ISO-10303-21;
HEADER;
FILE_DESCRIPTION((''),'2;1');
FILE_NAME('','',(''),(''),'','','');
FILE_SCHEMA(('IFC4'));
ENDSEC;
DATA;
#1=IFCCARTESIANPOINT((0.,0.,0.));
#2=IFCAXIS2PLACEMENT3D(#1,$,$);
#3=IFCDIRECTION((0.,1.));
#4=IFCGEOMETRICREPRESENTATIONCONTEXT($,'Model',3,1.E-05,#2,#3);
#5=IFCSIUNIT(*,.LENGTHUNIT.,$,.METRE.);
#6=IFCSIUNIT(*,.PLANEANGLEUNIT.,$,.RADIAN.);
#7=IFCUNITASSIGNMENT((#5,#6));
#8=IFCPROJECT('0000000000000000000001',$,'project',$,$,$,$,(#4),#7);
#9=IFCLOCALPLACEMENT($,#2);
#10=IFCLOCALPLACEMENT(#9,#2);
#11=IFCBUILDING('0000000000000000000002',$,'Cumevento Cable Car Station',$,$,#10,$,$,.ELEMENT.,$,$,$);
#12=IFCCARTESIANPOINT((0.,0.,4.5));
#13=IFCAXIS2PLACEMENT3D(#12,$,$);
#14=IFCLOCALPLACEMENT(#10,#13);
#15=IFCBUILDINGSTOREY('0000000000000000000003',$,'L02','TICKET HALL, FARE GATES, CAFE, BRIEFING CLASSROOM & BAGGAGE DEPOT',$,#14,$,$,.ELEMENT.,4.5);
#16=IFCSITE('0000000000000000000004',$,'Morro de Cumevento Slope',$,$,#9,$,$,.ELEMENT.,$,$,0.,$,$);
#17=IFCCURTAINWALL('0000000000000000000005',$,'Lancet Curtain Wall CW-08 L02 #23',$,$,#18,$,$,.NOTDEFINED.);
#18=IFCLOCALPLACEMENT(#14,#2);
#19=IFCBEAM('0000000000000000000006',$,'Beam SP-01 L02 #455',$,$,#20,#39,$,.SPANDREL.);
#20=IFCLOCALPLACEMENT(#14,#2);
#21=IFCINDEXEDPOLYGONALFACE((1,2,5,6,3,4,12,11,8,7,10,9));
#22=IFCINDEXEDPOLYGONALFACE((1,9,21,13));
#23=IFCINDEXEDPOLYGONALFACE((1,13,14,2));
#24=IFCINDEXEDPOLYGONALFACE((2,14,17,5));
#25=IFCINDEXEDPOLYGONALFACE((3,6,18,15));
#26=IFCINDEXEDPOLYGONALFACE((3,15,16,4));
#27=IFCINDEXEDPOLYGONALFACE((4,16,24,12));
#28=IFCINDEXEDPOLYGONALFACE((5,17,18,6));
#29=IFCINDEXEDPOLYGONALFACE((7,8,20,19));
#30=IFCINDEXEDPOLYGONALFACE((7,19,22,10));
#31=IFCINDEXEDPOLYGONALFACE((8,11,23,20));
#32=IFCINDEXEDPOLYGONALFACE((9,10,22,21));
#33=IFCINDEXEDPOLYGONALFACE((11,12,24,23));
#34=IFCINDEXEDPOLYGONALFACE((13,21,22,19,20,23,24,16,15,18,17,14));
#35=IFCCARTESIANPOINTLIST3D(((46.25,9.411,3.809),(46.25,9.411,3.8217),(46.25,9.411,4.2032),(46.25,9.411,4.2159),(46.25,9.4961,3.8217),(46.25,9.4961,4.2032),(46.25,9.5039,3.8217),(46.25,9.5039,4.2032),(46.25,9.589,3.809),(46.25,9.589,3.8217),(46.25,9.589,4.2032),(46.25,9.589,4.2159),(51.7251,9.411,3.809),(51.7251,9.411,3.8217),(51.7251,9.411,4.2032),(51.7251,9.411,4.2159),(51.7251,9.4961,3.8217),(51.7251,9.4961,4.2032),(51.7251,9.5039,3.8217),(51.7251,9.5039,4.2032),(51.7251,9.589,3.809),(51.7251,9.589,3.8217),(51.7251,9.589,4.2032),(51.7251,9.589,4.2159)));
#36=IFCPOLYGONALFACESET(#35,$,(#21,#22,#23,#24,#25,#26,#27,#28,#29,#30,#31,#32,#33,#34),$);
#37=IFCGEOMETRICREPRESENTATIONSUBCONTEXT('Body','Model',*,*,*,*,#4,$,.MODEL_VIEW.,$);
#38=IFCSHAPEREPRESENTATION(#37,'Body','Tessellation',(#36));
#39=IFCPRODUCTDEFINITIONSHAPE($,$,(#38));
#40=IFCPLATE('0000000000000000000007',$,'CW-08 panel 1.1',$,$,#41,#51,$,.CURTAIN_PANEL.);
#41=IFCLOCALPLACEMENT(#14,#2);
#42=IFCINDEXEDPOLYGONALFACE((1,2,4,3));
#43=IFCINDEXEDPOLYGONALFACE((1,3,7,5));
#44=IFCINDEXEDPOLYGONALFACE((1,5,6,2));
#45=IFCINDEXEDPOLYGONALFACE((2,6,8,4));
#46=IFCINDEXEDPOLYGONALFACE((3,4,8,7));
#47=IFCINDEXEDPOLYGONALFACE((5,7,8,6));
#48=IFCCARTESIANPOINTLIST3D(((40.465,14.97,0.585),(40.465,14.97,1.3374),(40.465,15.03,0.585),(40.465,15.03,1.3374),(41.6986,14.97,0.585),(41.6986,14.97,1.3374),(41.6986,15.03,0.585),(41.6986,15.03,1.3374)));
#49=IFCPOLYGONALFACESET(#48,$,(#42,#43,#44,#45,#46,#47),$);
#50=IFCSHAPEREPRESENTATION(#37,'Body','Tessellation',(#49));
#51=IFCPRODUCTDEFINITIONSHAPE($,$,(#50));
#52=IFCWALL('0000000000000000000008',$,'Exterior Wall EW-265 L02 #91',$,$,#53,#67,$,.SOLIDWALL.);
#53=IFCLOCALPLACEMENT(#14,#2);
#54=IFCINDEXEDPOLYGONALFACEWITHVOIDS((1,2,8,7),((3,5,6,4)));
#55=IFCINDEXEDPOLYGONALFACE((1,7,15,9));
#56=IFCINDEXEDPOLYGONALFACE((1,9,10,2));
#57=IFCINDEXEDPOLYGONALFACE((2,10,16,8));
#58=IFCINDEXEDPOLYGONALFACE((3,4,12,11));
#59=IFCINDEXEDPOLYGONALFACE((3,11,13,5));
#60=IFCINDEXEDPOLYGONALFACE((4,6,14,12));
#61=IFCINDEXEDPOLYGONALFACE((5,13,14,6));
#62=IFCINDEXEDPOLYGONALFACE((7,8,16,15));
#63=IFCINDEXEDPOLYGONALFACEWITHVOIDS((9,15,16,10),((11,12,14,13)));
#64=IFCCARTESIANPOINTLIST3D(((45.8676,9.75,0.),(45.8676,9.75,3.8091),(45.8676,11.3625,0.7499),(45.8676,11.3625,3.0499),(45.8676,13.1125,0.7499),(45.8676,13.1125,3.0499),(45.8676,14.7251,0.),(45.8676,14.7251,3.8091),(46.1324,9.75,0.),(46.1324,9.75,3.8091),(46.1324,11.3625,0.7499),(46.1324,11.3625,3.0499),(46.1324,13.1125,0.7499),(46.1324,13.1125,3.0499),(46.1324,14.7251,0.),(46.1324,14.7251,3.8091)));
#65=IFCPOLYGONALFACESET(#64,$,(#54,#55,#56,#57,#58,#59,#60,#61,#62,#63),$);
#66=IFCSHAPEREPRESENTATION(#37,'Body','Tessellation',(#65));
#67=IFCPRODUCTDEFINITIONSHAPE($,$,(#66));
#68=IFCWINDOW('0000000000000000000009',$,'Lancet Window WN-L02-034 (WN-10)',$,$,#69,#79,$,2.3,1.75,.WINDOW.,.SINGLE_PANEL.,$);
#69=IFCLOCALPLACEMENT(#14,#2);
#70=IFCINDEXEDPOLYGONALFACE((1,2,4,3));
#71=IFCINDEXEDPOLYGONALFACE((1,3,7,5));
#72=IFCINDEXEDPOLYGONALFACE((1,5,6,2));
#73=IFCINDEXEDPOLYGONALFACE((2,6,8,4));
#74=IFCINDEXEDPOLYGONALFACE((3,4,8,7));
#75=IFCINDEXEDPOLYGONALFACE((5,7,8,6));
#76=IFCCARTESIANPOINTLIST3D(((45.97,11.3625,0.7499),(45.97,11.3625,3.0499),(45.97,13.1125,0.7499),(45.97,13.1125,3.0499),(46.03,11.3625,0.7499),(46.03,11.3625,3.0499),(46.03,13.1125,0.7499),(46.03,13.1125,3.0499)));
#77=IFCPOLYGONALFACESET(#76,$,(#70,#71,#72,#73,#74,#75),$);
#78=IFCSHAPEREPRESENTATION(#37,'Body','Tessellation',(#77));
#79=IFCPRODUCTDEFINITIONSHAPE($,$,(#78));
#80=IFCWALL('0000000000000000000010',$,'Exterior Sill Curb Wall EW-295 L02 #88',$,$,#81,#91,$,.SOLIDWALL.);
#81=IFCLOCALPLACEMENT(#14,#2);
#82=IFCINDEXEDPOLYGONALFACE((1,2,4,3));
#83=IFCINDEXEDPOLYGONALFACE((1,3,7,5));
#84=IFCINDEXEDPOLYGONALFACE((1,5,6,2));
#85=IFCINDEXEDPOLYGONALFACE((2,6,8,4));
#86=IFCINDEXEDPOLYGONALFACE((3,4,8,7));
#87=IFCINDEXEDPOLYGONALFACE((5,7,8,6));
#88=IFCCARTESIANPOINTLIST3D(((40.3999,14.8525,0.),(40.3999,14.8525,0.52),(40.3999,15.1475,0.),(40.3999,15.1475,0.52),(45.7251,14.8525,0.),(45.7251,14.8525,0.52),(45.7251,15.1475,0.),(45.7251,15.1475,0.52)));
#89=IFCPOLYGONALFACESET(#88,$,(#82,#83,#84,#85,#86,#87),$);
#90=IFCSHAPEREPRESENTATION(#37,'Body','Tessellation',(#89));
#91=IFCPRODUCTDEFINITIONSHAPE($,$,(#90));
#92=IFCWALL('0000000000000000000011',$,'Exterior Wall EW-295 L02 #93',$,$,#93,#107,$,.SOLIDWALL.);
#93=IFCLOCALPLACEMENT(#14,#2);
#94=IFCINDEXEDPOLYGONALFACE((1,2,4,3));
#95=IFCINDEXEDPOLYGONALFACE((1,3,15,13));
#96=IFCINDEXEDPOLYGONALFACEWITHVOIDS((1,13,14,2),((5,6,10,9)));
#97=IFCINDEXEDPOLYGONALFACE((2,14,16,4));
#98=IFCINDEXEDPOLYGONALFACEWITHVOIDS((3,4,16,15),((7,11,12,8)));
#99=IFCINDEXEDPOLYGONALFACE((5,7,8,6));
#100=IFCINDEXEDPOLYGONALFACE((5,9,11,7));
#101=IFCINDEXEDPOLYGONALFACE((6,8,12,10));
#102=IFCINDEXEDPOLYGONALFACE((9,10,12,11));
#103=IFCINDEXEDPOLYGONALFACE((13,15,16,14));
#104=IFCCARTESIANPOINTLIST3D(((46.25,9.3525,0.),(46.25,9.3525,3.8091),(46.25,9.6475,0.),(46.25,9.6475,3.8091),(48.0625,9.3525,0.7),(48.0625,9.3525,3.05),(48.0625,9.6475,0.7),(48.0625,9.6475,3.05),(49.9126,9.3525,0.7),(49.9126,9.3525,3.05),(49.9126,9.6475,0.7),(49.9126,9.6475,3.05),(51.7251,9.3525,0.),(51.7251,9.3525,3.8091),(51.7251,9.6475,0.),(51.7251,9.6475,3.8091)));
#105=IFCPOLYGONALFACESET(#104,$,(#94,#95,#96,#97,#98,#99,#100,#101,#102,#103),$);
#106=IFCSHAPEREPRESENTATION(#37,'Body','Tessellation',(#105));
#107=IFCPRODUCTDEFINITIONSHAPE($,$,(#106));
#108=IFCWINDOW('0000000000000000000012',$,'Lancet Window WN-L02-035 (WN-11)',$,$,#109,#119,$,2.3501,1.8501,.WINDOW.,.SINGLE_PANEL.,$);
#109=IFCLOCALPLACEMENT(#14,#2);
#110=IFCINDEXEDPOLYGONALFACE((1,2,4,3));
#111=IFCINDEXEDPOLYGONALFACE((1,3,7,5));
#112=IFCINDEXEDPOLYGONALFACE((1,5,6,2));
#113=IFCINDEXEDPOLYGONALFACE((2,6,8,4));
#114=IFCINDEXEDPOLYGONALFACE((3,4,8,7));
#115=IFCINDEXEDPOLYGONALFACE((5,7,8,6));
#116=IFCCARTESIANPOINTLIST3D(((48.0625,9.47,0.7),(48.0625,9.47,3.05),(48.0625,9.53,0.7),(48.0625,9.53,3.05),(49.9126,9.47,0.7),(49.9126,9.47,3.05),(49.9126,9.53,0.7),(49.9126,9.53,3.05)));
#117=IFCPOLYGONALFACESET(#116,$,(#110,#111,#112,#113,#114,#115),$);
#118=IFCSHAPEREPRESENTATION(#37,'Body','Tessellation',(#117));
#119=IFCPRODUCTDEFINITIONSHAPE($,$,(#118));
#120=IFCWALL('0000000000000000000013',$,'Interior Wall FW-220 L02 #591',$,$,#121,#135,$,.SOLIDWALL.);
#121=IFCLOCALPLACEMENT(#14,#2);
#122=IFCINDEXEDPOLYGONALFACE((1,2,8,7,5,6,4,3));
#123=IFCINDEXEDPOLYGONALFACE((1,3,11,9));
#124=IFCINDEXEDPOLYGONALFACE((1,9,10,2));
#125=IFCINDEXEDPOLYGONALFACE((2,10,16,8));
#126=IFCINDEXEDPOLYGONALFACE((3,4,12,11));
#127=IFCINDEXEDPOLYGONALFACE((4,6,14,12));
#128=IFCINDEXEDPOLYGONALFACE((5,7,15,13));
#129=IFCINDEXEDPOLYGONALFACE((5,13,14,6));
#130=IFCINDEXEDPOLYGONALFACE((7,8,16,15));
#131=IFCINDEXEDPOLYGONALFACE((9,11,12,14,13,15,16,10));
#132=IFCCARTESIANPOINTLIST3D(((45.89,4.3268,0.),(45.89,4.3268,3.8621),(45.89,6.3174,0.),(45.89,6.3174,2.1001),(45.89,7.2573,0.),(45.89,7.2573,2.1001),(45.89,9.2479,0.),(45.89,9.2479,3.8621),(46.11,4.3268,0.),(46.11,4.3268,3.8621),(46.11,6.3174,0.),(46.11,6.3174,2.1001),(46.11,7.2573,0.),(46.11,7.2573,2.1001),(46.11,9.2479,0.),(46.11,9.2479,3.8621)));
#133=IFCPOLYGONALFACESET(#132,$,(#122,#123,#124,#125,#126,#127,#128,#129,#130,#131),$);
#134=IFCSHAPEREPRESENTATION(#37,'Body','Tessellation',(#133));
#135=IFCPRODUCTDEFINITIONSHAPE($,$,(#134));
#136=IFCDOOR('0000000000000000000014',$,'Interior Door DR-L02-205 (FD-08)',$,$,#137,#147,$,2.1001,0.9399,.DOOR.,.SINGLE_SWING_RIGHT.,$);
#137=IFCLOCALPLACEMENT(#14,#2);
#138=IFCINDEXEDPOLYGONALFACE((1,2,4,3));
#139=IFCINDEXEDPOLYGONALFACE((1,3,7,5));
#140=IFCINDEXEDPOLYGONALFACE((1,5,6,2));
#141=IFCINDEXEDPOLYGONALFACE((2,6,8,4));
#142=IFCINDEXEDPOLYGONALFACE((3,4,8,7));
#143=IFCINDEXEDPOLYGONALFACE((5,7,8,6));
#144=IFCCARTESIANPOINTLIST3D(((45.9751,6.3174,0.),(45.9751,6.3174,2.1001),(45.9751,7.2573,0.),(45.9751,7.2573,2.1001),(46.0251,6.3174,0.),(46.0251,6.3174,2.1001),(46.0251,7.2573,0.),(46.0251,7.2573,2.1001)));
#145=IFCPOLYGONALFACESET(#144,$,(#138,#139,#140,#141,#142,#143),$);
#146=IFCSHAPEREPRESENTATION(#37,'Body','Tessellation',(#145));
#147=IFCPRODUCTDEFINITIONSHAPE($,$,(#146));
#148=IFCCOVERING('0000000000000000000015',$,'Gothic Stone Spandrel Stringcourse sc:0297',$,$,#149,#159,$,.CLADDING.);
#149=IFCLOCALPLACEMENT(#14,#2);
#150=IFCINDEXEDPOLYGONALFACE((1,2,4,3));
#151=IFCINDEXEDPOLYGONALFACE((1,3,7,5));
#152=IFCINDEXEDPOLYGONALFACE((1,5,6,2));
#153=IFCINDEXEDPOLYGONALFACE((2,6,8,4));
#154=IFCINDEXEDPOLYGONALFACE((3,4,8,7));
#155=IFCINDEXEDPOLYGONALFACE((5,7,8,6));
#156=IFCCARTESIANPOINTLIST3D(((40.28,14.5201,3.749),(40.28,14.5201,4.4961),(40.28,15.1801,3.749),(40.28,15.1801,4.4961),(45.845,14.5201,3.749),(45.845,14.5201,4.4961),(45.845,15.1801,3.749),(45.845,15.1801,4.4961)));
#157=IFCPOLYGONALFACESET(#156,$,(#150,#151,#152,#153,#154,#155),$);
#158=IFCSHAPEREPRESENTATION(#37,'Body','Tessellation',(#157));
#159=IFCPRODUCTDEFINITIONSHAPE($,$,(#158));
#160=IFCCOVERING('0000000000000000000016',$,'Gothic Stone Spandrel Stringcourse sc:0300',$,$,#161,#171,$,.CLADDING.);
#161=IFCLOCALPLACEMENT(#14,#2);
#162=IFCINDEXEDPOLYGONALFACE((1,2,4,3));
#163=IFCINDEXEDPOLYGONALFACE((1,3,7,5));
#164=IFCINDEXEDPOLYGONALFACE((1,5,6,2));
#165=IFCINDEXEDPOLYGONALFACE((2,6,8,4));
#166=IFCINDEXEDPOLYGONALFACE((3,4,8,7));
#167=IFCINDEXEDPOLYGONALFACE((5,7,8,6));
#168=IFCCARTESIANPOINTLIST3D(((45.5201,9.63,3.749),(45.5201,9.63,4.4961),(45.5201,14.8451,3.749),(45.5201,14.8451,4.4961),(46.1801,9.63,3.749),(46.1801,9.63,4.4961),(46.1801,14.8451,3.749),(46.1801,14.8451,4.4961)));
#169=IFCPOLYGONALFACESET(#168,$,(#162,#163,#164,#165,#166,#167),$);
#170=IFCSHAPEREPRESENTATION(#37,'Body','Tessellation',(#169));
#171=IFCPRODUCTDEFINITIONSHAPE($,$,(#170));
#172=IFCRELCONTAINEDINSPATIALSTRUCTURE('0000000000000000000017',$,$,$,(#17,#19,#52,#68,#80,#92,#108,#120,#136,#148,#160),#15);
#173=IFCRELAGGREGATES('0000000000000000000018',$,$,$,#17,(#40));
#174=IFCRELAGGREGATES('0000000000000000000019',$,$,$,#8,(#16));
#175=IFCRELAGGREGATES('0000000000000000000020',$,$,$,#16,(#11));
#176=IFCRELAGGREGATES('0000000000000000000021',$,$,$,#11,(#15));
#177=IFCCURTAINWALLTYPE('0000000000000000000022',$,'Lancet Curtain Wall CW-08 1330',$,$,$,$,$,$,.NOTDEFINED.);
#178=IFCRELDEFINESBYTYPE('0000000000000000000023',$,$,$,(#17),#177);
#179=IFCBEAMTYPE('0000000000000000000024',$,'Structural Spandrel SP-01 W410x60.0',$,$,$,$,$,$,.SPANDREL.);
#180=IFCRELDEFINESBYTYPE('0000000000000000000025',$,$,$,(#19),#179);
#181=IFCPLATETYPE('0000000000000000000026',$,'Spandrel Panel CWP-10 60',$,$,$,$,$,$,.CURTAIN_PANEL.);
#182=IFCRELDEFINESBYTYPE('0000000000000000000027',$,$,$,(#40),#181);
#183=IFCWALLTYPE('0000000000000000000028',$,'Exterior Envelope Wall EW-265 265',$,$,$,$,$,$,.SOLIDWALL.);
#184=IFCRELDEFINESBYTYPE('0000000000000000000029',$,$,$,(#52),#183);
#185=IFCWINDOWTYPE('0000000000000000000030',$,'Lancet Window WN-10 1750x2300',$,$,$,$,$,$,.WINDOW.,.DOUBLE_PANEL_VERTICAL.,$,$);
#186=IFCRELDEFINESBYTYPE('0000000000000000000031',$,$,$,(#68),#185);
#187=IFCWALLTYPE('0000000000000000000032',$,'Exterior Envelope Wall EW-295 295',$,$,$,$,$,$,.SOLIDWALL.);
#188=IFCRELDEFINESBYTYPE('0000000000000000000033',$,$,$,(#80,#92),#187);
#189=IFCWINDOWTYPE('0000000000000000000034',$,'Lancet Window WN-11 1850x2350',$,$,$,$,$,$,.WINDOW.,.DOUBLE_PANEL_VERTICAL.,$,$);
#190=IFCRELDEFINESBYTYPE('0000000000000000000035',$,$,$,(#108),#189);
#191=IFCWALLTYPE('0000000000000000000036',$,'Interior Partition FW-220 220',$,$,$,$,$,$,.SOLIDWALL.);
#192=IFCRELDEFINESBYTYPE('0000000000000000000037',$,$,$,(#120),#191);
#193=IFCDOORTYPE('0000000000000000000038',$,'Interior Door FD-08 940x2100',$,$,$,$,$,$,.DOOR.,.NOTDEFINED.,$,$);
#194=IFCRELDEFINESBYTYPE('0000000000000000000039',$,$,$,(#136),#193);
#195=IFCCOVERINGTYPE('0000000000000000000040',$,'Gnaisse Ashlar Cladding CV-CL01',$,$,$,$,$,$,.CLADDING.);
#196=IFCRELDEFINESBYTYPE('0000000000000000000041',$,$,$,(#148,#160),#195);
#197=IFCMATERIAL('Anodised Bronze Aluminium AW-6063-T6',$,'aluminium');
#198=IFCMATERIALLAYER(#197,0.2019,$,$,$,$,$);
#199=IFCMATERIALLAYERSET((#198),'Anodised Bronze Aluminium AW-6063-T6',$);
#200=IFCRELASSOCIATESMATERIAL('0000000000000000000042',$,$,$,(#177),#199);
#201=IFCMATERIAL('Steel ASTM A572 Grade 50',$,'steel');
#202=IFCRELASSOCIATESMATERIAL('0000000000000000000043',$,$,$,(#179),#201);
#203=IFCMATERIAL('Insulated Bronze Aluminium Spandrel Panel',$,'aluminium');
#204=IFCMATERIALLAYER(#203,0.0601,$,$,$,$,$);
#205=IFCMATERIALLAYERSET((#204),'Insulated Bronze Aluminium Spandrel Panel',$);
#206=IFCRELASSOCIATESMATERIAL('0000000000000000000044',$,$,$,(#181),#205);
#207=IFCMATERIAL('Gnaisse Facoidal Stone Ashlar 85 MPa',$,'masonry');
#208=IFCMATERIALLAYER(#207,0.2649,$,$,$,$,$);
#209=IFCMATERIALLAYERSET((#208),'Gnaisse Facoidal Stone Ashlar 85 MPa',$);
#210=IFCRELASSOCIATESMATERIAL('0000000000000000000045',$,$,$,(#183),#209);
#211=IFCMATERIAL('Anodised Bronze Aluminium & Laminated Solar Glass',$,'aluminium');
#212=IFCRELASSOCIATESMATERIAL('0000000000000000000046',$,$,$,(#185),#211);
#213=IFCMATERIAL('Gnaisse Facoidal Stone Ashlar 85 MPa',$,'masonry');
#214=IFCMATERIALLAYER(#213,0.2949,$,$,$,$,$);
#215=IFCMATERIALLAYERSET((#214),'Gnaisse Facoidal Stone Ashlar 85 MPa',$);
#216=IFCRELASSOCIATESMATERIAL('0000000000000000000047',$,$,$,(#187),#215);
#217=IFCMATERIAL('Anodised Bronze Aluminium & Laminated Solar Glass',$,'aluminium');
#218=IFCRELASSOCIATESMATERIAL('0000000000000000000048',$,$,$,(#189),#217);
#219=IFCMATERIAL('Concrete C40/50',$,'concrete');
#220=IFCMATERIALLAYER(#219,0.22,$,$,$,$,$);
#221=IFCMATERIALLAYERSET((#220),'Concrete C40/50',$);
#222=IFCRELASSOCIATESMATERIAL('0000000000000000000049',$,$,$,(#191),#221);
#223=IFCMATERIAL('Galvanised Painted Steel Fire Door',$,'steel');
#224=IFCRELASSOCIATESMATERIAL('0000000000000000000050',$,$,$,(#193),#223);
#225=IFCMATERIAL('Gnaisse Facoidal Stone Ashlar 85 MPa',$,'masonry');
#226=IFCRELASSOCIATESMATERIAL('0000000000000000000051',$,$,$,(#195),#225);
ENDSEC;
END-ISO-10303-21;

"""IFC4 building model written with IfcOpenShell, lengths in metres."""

from ifc_helpers import new_model, si_unit, direction, frame, frame_2d, origin, origin_2d, place, context, subcontext, project, spatial, rectangle, i_section, extrude, material, layer, layer_set, material_profile, profile_set, type_object, element, fill, aggregate, save


model = new_model("IFC4")

# Units and contexts
model_context = context("Model", 3, precision=1e-05, world=origin(), true_north=direction((0.0, 1.0)))
body_context = subcontext(model_context, "Body", "Model", "MODEL_VIEW")
ifc_project = project(units=[si_unit("LENGTHUNIT", "METRE"), si_unit("PLANEANGLEUNIT", "RADIAN")], contexts=[model_context])

# Site, building, storey
site_placement = place(None, origin())
site = spatial("IfcSite", under=ifc_project, at=site_placement, Name="Morro de Cumevento Slope", CompositionType="ELEMENT", RefElevation=0.0)
building_placement = place(site_placement, origin())
building = spatial("IfcBuilding", under=site, at=building_placement, Name="Cumevento Cable Car Station", CompositionType="ELEMENT")
storey_placement = place(building_placement, frame((0.0, 0.0, 4.5)))
storey = spatial("IfcBuildingStorey", under=building, at=storey_placement, Name="L02", Description="TICKET HALL, FARE GATES, CAFE, BRIEFING CLASSROOM & BAGGAGE DEPOT", CompositionType="ELEMENT", Elevation=4.5)

# Curtain wall
ifc_material_1 = material(Name="Anodised Bronze Aluminium AW-6063-T6", Category="aluminium")
ifc_layer_1 = layer(ifc_material_1, 0.2019)
ifc_layer_set_1 = layer_set([ifc_layer_1], Name="Anodised Bronze Aluminium AW-6063-T6")
curtain_wall_type = type_object("IfcCurtainWallType", Name="Lancet Curtain Wall CW-08 1330", PredefinedType="NOTDEFINED", material=ifc_layer_set_1)
curtain_wall_placement = place(storey_placement, origin())
curtain_wall = element("IfcCurtainWall", 1, at=curtain_wall_placement, inside=storey, type_object=curtain_wall_type, Name="Lancet Curtain Wall CW-08 L02 #23", PredefinedType="NOTDEFINED")

# Beam
ifc_material_2 = material(Name="Steel ASTM A572 Grade 50", Category="steel")
ifc_material_profile_1 = material_profile(ifc_material_2, i_section(OverallWidth=0.178, OverallDepth=0.407, WebThickness=0.0078, FlangeThickness=0.0127, at=origin_2d()), Name="W410x60.0")
ifc_profile_set_1 = profile_set([ifc_material_profile_1], Name="Steel ASTM A572 Grade 50")
beam_type_1 = type_object("IfcBeamType", Name="Structural Spandrel SP-01 W410x60.0", PredefinedType="SPANDREL", material=ifc_profile_set_1)
beam_1_placement = place(storey_placement, frame((46.25, 9.5, 4.0125), z_axis=(1.0, 0.0, 0.0), x_axis=(0.0, 1.0, 0.0)))
element("IfcBeam", 2, at=beam_1_placement, inside=storey, type_object=beam_type_1, Name="Beam SP-01 L02 #455", PredefinedType="SPANDREL", context=body_context, shape_type="SweptSolid", body=[
    extrude(i_section(OverallWidth=0.178, OverallDepth=0.407, WebThickness=0.0078, FlangeThickness=0.0127, at=origin_2d()), origin(), (0.0, 0.0, 1.0), 5.4751),
])

# Plate
ifc_material_3 = material(Name="Insulated Bronze Aluminium Spandrel Panel", Category="aluminium")
ifc_layer_2 = layer(ifc_material_3, 0.0601)
ifc_layer_set_2 = layer_set([ifc_layer_2], Name="Insulated Bronze Aluminium Spandrel Panel")
plate_type = type_object("IfcPlateType", Name="Spandrel Panel CWP-10 60", PredefinedType="CURTAIN_PANEL", material=ifc_layer_set_2)
plate_placement = place(storey_placement, frame((41.0818, 15.0, 0.585), z_axis=(0.0, 0.0, 1.0), x_axis=(1.0, 0.0, 0.0)))
plate = element("IfcPlate", 3, at=plate_placement, type_object=plate_type, Name="CW-08 panel 1.1", PredefinedType="CURTAIN_PANEL", context=body_context, shape_type="SweptSolid", body=[
    extrude(rectangle(XDim=1.2336, YDim=0.0601, at=origin_2d()), origin(), (0.0, 0.0, 1.0), 0.7524),
])
aggregate(curtain_wall, [plate])

# Wall, opening, window
ifc_material_4 = material(Name="Gnaisse Facoidal Stone Ashlar 85 MPa", Category="masonry")
ifc_layer_3 = layer(ifc_material_4, 0.2649)
ifc_layer_set_3 = layer_set([ifc_layer_3], Name="Gnaisse Facoidal Stone Ashlar 85 MPa")
wall_type_1 = type_object("IfcWallType", Name="Exterior Envelope Wall EW-265 265", PredefinedType="SOLIDWALL", material=ifc_layer_set_3)
wall_1_placement = place(storey_placement, frame((46.0, 14.7251, 0.0), z_axis=(0.0, 0.0, 1.0), x_axis=(0.0, -1.0, 0.0)))
wall_1 = element("IfcWall", 4, at=wall_1_placement, inside=storey, type_object=wall_type_1, Name="Exterior Wall EW-265 L02 #91", PredefinedType="SOLIDWALL", context=body_context, shape_type="SweptSolid", body=[
    extrude(rectangle(XDim=4.9751, YDim=0.2649, at=frame_2d((2.4875, 0.0))), origin(), (0.0, 0.0, 1.0), 3.8091),
])
opening_1_placement = place(wall_1_placement, frame((1.6125, 0.0, 0.75)))
opening_1 = element("IfcOpeningElement", 5, at=opening_1_placement, cuts=wall_1, PredefinedType="OPENING", context=body_context, shape_type="SweptSolid", body=[
    extrude(rectangle(XDim=1.75, YDim=2.3, at=frame_2d((0.875, 1.1499))), frame((0.0, 0.1423, 0.0), z_axis=(0.0, -1.0, 0.0), x_axis=(1.0, 0.0, 0.0)), (0.0, 0.0, 1.0), 0.2849),
])
ifc_material_5 = material(Name="Anodised Bronze Aluminium & Laminated Solar Glass", Category="aluminium")
window_type_1 = type_object("IfcWindowType", Name="Lancet Window WN-10 1750x2300", PartitioningType="DOUBLE_PANEL_VERTICAL", PredefinedType="WINDOW", material=ifc_material_5)
window_1_placement = place(opening_1_placement, origin())
window_1 = element("IfcWindow", 6, at=window_1_placement, inside=storey, type_object=window_type_1, Name="Lancet Window WN-L02-034 (WN-10)", OverallHeight=2.3, OverallWidth=1.75, PartitioningType="SINGLE_PANEL", PredefinedType="WINDOW", context=body_context, shape_type="SweptSolid", body=[
    extrude(rectangle(XDim=1.75, YDim=2.3, at=frame_2d((0.875, 1.1499))), frame((0.0, 0.03, 0.0), z_axis=(0.0, -1.0, 0.0), x_axis=(1.0, 0.0, 0.0)), (0.0, 0.0, 1.0), 0.0601),
])
fill(opening_1, window_1)

# Wall
ifc_material_6 = material(Name="Gnaisse Facoidal Stone Ashlar 85 MPa", Category="masonry")
ifc_layer_4 = layer(ifc_material_6, 0.2949)
ifc_layer_set_4 = layer_set([ifc_layer_4], Name="Gnaisse Facoidal Stone Ashlar 85 MPa")
wall_type_2 = type_object("IfcWallType", Name="Exterior Envelope Wall EW-295 295", PredefinedType="SOLIDWALL", material=ifc_layer_set_4)
wall_2_placement = place(storey_placement, frame((40.3999, 15.0, 0.0), z_axis=(0.0, 0.0, 1.0), x_axis=(1.0, 0.0, 0.0)))
element("IfcWall", 7, at=wall_2_placement, inside=storey, type_object=wall_type_2, Name="Exterior Sill Curb Wall EW-295 L02 #88", PredefinedType="SOLIDWALL", context=body_context, shape_type="SweptSolid", body=[
    extrude(rectangle(XDim=5.3252, YDim=0.2949, at=frame_2d((2.6626, 0.0))), origin(), (0.0, 0.0, 1.0), 0.52),
])

# Wall, opening, window
wall_3_placement = place(storey_placement, frame((46.25, 9.5, 0.0), z_axis=(0.0, 0.0, 1.0), x_axis=(1.0, 0.0, 0.0)))
wall_3 = element("IfcWall", 8, at=wall_3_placement, inside=storey, type_object=wall_type_2, Name="Exterior Wall EW-295 L02 #93", PredefinedType="SOLIDWALL", context=body_context, shape_type="SweptSolid", body=[
    extrude(rectangle(XDim=5.4751, YDim=0.2949, at=frame_2d((2.7375, 0.0))), origin(), (0.0, 0.0, 1.0), 3.8091),
])
opening_2_placement = place(wall_3_placement, frame((1.8125, 0.0, 0.7)))
opening_2 = element("IfcOpeningElement", 9, at=opening_2_placement, cuts=wall_3, PredefinedType="OPENING", context=body_context, shape_type="SweptSolid", body=[
    extrude(rectangle(XDim=1.8501, YDim=2.3501, at=frame_2d((0.925, 1.175))), frame((0.0, 0.1575, 0.0), z_axis=(0.0, -1.0, 0.0), x_axis=(1.0, 0.0, 0.0)), (0.0, 0.0, 1.0), 0.3149),
])
ifc_material_7 = material(Name="Anodised Bronze Aluminium & Laminated Solar Glass", Category="aluminium")
window_type_2 = type_object("IfcWindowType", Name="Lancet Window WN-11 1850x2350", PartitioningType="DOUBLE_PANEL_VERTICAL", PredefinedType="WINDOW", material=ifc_material_7)
window_2_placement = place(opening_2_placement, origin())
window_2 = element("IfcWindow", 10, at=window_2_placement, inside=storey, type_object=window_type_2, Name="Lancet Window WN-L02-035 (WN-11)", OverallHeight=2.3501, OverallWidth=1.8501, PartitioningType="SINGLE_PANEL", PredefinedType="WINDOW", context=body_context, shape_type="SweptSolid", body=[
    extrude(rectangle(XDim=1.8501, YDim=2.3501, at=frame_2d((0.925, 1.175))), frame((0.0, 0.03, 0.0), z_axis=(0.0, -1.0, 0.0), x_axis=(1.0, 0.0, 0.0)), (0.0, 0.0, 1.0), 0.0601),
])
fill(opening_2, window_2)

# Wall, opening, door
ifc_material_8 = material(Name="Concrete C40/50", Category="concrete")
ifc_layer_5 = layer(ifc_material_8, 0.22)
ifc_layer_set_5 = layer_set([ifc_layer_5], Name="Concrete C40/50")
wall_type_3 = type_object("IfcWallType", Name="Interior Partition FW-220 220", PredefinedType="SOLIDWALL", material=ifc_layer_set_5)
wall_4_placement = place(storey_placement, frame((46.0, 4.3269, 0.0), z_axis=(0.0, 0.0, 1.0), x_axis=(0.0, 1.0, 0.0)))
wall_4 = element("IfcWall", 11, at=wall_4_placement, inside=storey, type_object=wall_type_3, Name="Interior Wall FW-220 L02 #591", PredefinedType="SOLIDWALL", context=body_context, shape_type="SweptSolid", body=[
    extrude(rectangle(XDim=4.9211, YDim=0.22, at=frame_2d((2.4604, 0.0))), origin(), (0.0, 0.0, 1.0), 3.8621),
])
opening_3_placement = place(wall_4_placement, frame((1.9905, 0.0, 0.0)))
opening_3 = element("IfcOpeningElement", 12, at=opening_3_placement, cuts=wall_4, PredefinedType="OPENING", context=body_context, shape_type="SweptSolid", body=[
    extrude(rectangle(XDim=0.9399, YDim=2.1001, at=frame_2d((0.47, 1.05))), frame((0.0, 0.1199, 0.0), z_axis=(0.0, -1.0, 0.0), x_axis=(1.0, 0.0, 0.0)), (0.0, 0.0, 1.0), 0.24),
])
ifc_material_9 = material(Name="Galvanised Painted Steel Fire Door", Category="steel")
door_type = type_object("IfcDoorType", Name="Interior Door FD-08 940x2100", OperationType="NOTDEFINED", PredefinedType="DOOR", material=ifc_material_9)
door_placement = place(opening_3_placement, origin())
door = element("IfcDoor", 13, at=door_placement, inside=storey, type_object=door_type, Name="Interior Door DR-L02-205 (FD-08)", OperationType="SINGLE_SWING_RIGHT", OverallHeight=2.1001, OverallWidth=0.9399, PredefinedType="DOOR", context=body_context, shape_type="SweptSolid", body=[
    extrude(rectangle(XDim=0.9399, YDim=2.1001, at=frame_2d((0.47, 1.05))), frame((0.0, 0.0249, 0.0), z_axis=(0.0, -1.0, 0.0), x_axis=(1.0, 0.0, 0.0)), (0.0, 0.0, 1.0), 0.05),
])
fill(opening_3, door)

# Coverings
ifc_material_10 = material(Name="Gnaisse Facoidal Stone Ashlar 85 MPa", Category="masonry")
covering_type = type_object("IfcCoveringType", Name="Gnaisse Ashlar Cladding CV-CL01", PredefinedType="CLADDING", material=ifc_material_10)
covering_1_placement = place(storey_placement, frame((43.0625, 14.8501, 3.749), z_axis=(0.0, 0.0, 1.0), x_axis=(1.0, 0.0, 0.0)))
element("IfcCovering", 14, at=covering_1_placement, inside=storey, type_object=covering_type, Name="Gothic Stone Spandrel Stringcourse sc:0297", PredefinedType="CLADDING", context=body_context, shape_type="SweptSolid", body=[
    extrude(rectangle(XDim=5.5649, YDim=0.6599, at=origin_2d()), origin(), (0.0, 0.0, 1.0), 0.7471),
])
covering_2_placement = place(storey_placement, frame((45.8501, 12.2375, 3.749), z_axis=(0.0, 0.0, 1.0), x_axis=(0.0, -1.0, 0.0)))
element("IfcCovering", 15, at=covering_2_placement, inside=storey, type_object=covering_type, Name="Gothic Stone Spandrel Stringcourse sc:0300", PredefinedType="CLADDING", context=body_context, shape_type="SweptSolid", body=[
    extrude(rectangle(XDim=5.2151, YDim=0.6599, at=origin_2d()), origin(), (0.0, 0.0, 1.0), 0.7471),
])

save(model, "model.ifc")
